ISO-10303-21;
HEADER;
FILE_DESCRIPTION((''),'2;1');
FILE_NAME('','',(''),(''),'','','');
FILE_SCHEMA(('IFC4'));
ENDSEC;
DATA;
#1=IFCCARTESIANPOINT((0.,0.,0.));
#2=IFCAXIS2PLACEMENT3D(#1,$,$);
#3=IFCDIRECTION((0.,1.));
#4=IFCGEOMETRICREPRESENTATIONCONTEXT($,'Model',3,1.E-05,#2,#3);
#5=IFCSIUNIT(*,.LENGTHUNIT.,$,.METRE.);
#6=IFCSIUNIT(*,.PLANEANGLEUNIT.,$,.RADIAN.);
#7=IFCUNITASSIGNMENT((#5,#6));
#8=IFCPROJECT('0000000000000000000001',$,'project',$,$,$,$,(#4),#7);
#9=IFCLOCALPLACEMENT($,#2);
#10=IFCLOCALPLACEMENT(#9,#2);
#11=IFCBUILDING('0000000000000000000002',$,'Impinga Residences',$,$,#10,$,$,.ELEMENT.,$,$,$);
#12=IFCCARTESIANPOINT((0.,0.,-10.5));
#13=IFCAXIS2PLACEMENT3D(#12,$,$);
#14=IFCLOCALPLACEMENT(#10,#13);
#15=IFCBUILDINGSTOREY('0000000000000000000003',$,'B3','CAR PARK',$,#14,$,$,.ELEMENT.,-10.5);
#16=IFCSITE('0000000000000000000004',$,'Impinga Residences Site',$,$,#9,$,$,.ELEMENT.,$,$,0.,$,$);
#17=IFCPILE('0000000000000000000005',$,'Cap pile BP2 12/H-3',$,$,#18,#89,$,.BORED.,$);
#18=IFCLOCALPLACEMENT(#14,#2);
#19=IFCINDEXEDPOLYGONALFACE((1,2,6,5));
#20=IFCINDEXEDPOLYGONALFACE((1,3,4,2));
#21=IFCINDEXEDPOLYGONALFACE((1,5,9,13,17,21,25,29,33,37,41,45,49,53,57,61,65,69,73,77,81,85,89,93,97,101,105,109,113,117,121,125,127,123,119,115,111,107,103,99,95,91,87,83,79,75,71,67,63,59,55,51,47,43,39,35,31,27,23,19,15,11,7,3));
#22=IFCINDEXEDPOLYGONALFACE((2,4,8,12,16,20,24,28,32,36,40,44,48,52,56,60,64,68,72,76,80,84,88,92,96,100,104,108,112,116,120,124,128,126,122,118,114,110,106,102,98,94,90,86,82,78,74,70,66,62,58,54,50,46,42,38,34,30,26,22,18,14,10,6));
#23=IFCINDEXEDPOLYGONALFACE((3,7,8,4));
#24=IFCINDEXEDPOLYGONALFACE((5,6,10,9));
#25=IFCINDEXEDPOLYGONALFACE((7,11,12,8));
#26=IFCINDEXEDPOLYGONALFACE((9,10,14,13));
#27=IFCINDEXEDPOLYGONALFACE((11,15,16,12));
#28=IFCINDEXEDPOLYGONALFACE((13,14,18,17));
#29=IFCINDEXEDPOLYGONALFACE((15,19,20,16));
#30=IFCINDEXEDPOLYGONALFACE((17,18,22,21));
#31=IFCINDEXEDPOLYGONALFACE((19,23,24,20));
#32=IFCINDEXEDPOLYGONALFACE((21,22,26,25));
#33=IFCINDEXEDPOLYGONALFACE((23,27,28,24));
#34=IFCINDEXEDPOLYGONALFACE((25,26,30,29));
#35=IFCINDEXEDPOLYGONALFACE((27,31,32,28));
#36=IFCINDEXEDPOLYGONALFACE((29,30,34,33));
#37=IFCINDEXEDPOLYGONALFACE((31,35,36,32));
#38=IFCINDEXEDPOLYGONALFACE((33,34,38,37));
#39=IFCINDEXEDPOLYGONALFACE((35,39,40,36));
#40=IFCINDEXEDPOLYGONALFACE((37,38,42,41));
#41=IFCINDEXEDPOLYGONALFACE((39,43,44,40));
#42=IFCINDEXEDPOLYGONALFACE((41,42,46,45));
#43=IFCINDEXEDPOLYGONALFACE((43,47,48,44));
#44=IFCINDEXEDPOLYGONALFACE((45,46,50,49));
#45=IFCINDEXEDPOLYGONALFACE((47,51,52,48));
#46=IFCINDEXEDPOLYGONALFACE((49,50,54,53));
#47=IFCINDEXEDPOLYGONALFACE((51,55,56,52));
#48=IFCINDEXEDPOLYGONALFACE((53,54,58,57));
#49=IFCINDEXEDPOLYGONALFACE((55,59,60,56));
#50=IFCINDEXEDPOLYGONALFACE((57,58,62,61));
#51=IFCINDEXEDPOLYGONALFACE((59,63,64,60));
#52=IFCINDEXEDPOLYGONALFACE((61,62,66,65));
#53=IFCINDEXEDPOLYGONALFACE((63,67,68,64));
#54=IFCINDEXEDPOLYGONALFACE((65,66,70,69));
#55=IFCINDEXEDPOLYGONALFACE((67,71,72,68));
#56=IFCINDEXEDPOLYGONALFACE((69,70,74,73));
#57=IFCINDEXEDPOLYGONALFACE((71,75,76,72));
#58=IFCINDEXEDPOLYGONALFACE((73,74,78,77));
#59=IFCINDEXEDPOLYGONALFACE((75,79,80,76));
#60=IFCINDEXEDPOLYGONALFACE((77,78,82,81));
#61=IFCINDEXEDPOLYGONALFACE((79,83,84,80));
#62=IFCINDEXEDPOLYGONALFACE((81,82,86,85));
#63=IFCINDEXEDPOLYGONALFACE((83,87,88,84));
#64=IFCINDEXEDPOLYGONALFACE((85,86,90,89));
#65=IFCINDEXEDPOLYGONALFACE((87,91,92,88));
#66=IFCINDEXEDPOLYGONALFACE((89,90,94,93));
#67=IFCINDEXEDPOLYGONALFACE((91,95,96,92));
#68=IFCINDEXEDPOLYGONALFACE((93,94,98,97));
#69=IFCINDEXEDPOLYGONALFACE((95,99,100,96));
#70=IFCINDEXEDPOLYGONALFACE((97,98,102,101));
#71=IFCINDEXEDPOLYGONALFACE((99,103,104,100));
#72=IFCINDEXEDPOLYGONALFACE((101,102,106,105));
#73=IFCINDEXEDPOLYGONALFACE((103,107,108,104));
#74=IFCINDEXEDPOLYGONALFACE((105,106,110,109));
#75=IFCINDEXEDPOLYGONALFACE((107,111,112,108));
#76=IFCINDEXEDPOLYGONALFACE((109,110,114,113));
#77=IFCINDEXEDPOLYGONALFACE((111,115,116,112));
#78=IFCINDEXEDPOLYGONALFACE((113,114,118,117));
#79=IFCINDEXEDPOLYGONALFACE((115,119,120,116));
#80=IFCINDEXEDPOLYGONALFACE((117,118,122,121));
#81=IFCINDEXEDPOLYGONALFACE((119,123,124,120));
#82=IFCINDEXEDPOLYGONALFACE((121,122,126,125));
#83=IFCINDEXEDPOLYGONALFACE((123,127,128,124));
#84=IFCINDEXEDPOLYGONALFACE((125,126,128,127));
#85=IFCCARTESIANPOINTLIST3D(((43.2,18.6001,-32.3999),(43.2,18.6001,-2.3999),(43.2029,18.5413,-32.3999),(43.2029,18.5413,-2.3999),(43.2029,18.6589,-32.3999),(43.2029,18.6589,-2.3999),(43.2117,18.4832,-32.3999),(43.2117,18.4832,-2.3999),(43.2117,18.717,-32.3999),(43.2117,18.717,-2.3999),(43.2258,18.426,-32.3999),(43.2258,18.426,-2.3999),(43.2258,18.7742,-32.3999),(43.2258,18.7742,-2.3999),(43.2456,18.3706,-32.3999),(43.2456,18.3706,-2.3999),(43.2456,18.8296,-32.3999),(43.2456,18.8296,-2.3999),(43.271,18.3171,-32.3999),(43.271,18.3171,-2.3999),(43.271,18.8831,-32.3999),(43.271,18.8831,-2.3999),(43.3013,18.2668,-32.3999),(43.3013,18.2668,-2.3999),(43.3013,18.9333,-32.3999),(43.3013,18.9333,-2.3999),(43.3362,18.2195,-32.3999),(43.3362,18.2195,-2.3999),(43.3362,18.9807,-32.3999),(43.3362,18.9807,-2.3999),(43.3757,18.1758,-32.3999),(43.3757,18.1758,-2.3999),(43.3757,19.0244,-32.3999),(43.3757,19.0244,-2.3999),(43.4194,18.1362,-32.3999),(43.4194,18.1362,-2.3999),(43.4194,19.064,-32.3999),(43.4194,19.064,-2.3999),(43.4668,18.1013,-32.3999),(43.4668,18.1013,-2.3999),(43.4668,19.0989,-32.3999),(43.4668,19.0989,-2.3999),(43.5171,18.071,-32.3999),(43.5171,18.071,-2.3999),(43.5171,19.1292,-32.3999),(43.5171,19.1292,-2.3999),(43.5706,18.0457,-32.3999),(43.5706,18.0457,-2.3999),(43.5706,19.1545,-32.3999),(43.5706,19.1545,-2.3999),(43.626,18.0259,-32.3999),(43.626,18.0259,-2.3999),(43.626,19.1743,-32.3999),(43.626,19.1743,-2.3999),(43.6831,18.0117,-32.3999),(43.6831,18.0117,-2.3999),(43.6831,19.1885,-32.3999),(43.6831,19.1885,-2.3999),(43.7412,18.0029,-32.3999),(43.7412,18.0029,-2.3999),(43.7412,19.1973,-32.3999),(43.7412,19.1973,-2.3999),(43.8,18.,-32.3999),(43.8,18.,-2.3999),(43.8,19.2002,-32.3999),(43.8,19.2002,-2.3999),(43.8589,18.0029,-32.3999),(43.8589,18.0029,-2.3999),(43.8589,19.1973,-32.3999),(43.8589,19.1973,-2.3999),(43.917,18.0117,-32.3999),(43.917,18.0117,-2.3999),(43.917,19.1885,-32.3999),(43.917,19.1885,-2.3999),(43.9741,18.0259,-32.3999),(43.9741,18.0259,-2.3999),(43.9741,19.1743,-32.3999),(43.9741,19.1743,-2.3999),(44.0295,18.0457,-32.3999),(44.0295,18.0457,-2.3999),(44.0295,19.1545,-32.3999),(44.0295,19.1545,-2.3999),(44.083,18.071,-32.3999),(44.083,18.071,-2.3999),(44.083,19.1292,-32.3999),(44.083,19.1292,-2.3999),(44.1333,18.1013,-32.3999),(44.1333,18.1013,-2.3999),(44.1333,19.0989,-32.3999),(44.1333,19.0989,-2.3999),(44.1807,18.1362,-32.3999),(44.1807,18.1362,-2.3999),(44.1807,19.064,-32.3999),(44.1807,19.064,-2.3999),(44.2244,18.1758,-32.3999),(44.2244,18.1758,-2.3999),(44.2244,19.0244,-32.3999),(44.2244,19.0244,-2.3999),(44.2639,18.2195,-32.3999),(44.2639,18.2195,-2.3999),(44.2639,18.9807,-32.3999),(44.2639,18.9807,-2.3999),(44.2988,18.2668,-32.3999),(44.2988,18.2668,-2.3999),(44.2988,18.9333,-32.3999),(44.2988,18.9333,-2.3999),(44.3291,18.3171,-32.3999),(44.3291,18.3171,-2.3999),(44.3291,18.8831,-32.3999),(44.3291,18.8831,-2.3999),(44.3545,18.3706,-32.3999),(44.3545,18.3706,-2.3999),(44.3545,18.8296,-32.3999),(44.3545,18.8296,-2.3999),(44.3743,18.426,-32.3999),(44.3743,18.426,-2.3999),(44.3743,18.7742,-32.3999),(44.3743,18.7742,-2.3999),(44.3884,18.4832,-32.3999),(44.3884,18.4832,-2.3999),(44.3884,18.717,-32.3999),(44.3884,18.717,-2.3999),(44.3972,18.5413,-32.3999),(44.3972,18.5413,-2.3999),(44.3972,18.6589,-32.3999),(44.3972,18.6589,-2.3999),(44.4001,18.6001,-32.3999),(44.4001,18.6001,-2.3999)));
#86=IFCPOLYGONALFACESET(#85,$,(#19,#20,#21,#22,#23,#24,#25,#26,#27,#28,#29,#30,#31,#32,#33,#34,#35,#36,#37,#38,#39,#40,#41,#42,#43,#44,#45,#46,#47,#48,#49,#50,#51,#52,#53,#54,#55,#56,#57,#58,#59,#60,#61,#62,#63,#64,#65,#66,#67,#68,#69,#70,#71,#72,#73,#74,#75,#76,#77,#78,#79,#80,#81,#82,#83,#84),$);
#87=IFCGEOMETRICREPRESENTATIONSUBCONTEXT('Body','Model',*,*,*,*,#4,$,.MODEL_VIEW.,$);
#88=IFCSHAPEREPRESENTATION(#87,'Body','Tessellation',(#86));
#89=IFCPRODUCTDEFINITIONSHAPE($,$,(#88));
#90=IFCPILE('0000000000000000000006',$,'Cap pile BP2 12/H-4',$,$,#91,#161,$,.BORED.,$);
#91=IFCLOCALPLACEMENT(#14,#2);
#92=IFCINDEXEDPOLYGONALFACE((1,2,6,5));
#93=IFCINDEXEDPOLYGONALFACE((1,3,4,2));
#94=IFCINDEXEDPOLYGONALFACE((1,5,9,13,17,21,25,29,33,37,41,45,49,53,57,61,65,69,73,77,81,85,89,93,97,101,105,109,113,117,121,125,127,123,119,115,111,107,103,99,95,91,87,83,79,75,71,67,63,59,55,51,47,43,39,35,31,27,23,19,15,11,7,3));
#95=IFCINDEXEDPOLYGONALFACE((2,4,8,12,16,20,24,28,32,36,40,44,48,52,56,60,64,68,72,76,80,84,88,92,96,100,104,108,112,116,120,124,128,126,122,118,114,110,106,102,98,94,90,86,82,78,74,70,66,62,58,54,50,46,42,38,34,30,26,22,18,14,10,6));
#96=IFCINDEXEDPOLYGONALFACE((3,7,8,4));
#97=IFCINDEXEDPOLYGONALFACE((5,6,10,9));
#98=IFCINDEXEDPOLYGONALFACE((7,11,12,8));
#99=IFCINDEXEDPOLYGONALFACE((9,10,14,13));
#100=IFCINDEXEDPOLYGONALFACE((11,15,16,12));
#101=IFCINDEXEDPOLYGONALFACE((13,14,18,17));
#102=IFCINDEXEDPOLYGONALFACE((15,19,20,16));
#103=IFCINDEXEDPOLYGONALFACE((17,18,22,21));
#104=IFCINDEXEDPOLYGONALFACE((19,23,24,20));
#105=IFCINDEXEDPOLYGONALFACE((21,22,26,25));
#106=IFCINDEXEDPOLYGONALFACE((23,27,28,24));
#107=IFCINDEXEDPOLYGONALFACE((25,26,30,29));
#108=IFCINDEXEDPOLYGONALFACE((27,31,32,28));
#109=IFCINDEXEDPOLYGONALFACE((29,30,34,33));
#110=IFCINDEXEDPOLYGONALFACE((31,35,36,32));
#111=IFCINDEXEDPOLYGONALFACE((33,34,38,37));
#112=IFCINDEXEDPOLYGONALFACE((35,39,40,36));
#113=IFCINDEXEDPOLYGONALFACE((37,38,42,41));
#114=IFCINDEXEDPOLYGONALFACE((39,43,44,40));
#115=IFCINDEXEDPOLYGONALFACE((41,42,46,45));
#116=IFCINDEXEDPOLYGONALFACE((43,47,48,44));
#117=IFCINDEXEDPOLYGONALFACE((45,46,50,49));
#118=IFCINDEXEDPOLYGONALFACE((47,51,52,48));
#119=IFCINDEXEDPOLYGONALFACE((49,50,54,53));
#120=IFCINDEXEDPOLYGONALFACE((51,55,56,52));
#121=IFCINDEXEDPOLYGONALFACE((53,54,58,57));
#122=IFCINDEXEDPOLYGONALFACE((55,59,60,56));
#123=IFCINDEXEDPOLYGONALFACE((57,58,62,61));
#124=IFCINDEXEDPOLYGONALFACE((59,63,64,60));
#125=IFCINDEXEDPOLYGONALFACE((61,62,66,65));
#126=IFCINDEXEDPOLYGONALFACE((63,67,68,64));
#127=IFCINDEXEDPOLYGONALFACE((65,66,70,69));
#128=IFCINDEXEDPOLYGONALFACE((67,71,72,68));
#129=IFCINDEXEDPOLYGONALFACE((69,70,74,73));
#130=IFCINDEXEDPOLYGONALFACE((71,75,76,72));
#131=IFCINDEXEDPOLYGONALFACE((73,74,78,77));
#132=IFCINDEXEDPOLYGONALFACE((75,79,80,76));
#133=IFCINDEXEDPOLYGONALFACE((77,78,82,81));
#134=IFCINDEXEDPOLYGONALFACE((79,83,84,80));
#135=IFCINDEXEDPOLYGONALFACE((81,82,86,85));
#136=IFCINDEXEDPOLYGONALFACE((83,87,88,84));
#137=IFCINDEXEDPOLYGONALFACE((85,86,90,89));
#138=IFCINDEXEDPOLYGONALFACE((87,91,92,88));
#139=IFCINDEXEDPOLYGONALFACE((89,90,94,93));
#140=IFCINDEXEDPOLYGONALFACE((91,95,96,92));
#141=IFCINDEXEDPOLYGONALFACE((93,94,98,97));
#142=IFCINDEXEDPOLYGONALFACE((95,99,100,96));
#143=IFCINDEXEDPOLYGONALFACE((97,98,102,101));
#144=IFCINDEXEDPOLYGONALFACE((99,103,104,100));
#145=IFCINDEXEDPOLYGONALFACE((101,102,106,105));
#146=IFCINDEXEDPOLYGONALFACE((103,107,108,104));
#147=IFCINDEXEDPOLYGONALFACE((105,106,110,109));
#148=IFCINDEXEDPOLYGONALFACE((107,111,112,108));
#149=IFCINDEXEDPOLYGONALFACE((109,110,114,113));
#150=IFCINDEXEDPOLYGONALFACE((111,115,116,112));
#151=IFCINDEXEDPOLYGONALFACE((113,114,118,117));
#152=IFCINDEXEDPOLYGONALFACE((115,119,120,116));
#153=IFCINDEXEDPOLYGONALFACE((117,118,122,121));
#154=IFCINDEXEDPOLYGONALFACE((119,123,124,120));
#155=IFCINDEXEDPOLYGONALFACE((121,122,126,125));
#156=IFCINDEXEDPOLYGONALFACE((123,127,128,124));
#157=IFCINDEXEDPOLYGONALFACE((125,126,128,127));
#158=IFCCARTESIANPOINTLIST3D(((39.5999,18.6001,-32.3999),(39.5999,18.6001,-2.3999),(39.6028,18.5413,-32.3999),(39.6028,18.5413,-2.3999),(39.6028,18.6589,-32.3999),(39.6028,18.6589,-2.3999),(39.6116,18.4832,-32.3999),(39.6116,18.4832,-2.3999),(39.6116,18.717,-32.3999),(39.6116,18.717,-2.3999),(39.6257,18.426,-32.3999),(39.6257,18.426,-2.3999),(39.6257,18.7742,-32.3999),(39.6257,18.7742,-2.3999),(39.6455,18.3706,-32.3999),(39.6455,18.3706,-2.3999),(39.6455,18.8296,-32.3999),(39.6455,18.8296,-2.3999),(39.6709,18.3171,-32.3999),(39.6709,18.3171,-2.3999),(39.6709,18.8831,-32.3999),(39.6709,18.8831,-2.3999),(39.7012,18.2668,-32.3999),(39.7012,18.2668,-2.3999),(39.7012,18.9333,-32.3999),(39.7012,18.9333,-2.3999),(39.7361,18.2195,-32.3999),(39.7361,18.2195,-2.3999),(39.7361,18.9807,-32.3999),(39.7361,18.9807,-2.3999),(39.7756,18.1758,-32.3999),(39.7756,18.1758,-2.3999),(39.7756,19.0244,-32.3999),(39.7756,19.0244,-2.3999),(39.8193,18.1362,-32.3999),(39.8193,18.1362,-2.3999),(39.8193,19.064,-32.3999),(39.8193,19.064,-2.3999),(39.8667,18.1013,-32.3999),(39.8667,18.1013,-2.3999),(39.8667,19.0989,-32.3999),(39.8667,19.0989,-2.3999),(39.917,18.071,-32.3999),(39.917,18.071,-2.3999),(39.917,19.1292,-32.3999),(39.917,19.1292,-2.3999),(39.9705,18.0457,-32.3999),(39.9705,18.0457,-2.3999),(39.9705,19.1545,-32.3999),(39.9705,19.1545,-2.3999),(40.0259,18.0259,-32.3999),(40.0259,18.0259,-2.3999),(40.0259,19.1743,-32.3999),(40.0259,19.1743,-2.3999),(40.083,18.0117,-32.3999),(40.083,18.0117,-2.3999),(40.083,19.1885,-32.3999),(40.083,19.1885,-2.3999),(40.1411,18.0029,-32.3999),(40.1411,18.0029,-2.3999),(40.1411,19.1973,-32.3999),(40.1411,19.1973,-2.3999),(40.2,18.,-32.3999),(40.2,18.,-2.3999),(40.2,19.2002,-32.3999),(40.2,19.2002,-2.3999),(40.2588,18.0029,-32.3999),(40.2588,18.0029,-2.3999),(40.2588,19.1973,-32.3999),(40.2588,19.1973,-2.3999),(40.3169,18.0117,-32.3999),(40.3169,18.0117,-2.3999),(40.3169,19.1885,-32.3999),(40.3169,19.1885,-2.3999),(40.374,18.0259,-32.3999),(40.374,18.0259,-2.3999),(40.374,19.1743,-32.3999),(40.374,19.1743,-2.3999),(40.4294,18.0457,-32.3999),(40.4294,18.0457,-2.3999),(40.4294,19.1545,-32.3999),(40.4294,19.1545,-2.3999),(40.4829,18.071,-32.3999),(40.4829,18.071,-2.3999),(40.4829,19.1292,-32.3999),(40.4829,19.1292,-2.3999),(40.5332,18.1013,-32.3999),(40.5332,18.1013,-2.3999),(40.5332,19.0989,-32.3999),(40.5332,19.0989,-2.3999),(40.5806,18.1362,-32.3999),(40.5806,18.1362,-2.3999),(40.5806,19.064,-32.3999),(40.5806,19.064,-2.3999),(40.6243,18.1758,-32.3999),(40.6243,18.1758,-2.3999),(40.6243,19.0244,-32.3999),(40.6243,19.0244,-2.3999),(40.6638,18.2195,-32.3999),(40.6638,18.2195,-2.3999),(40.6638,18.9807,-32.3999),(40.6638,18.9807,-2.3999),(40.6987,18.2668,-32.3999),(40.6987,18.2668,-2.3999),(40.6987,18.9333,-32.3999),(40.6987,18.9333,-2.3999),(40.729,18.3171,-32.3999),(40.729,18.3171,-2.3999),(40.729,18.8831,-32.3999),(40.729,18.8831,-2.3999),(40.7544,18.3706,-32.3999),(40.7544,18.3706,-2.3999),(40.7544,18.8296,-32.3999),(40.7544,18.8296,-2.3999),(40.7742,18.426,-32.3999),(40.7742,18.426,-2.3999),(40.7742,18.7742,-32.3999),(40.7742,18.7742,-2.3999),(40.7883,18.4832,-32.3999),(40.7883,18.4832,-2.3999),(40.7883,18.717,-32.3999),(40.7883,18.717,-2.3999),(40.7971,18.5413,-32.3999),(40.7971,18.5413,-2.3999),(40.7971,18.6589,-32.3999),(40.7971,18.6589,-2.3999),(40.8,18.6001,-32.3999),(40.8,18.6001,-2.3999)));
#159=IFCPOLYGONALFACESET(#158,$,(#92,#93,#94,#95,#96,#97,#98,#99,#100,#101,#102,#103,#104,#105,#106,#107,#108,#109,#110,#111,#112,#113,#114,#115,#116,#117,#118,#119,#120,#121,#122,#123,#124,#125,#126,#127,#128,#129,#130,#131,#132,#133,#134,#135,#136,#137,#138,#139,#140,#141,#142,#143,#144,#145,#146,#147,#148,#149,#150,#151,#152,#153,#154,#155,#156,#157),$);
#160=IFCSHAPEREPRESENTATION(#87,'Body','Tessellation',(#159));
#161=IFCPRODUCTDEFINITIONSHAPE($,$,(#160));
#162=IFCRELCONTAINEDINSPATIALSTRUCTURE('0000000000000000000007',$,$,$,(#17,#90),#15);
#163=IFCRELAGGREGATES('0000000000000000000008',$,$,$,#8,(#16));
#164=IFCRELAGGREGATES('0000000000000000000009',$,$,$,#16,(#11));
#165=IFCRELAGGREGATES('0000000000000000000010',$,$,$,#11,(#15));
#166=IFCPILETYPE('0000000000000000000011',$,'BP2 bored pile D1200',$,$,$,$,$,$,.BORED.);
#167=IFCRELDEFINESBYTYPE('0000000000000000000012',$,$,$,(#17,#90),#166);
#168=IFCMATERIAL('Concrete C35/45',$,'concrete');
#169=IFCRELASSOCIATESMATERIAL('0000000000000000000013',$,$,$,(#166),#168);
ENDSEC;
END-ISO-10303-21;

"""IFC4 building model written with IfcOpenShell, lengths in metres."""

from ifc_helpers import new_model, si_unit, direction, frame, origin, origin_2d, place, context, subcontext, project, spatial, polyline, circle, outline, extrude, material, material_profile, profile_set, type_object, element, save


model = new_model("IFC4")

# Units and contexts
model_context = context("Model", 3, precision=1e-05, world=origin(), true_north=direction((0.0, 1.0)))
body_context = subcontext(model_context, "Body", "Model", "MODEL_VIEW")
ifc_project = project(units=[si_unit("LENGTHUNIT", "METRE"), si_unit("PLANEANGLEUNIT", "RADIAN")], contexts=[model_context])

# Site, building, storey
site_placement = place(None, origin())
site = spatial("IfcSite", under=ifc_project, at=site_placement, Name="Impinga Residences Site", CompositionType="ELEMENT", RefElevation=0.0)
building_placement = place(site_placement, origin())
building = spatial("IfcBuilding", under=site, at=building_placement, Name="Impinga Residences", CompositionType="ELEMENT")
storey_placement = place(building_placement, frame((0.0, 0.0, -10.5)))
storey = spatial("IfcBuildingStorey", under=building, at=storey_placement, Name="B3", Description="CAR PARK", CompositionType="ELEMENT", Elevation=-10.5)

# Piles
ifc_material_1 = material(Name="Concrete C35/45", Category="concrete")
ifc_material_profile_1 = material_profile(ifc_material_1, circle(Radius=0.6001, at=origin_2d()), Name="D1200")
ifc_profile_set_1 = profile_set([ifc_material_profile_1], Name="Concrete C35/45")
pile_type = type_object("IfcPileType", Name="BP2 bored pile D1200", PredefinedType="BORED", material=ifc_profile_set_1)
pile_1_placement = place(storey_placement, frame((43.8, 18.6001, -2.3999), z_axis=(0.0, 0.0, -1.0), x_axis=(1.0, 0.0, 0.0)))
element("IfcPile", 1, at=pile_1_placement, inside=storey, type_object=pile_type, Name="Cap pile BP2 12/H-3", PredefinedType="BORED", context=body_context, shape_type="SweptSolid", body=[
    extrude(outline(polyline([(0.6001, 0.0), (0.5972, 0.0588), (0.5884, 0.1169), (0.5742, 0.1741), (0.5544, 0.2295), (0.5291, 0.283), (0.4988, 0.3333), (0.4639, 0.3806), (0.4243, 0.4243), (0.3806, 0.4639), (0.3333, 0.4988), (0.283, 0.5291), (0.2295, 0.5544), (0.1741, 0.5742), (0.1169, 0.5884), (0.0588, 0.5972), (0.0, 0.6001), (-0.0588, 0.5972), (-0.1169, 0.5884), (-0.1741, 0.5742), (-0.2295, 0.5544), (-0.283, 0.5291), (-0.3333, 0.4988), (-0.3806, 0.4639), (-0.4243, 0.4243), (-0.4639, 0.3806), (-0.4988, 0.3333), (-0.5291, 0.283), (-0.5544, 0.2295), (-0.5742, 0.1741), (-0.5884, 0.1169), (-0.5972, 0.0588), (-0.6001, 0.0), (-0.5972, -0.0588), (-0.5884, -0.1169), (-0.5742, -0.1741), (-0.5544, -0.2295), (-0.5291, -0.283), (-0.4988, -0.3333), (-0.4639, -0.3806), (-0.4243, -0.4243), (-0.3806, -0.4639), (-0.3333, -0.4988), (-0.283, -0.5291), (-0.2295, -0.5544), (-0.1741, -0.5742), (-0.1169, -0.5884), (-0.0588, -0.5972), (0.0, -0.6001), (0.0588, -0.5972), (0.1169, -0.5884), (0.1741, -0.5742), (0.2295, -0.5544), (0.283, -0.5291), (0.3333, -0.4988), (0.3806, -0.4639), (0.4243, -0.4243), (0.4639, -0.3806), (0.4988, -0.3333), (0.5291, -0.283), (0.5544, -0.2295), (0.5742, -0.1741), (0.5884, -0.1169), (0.5972, -0.0588), (0.6001, 0.0)])), origin(), (0.0, 0.0, 1.0), 30.0),
])
pile_2_placement = place(storey_placement, frame((40.2, 18.6001, -2.3999), z_axis=(0.0, 0.0, -1.0), x_axis=(1.0, 0.0, 0.0)))
element("IfcPile", 2, at=pile_2_placement, inside=storey, type_object=pile_type, Name="Cap pile BP2 12/H-4", PredefinedType="BORED", context=body_context, shape_type="SweptSolid", body=[
    extrude(outline(polyline([(0.6001, 0.0), (0.5972, 0.0588), (0.5884, 0.1169), (0.5742, 0.1741), (0.5544, 0.2295), (0.5291, 0.283), (0.4988, 0.3333), (0.4639, 0.3806), (0.4243, 0.4243), (0.3806, 0.4639), (0.3333, 0.4988), (0.283, 0.5291), (0.2295, 0.5544), (0.1741, 0.5742), (0.1169, 0.5884), (0.0588, 0.5972), (0.0, 0.6001), (-0.0588, 0.5972), (-0.1169, 0.5884), (-0.1741, 0.5742), (-0.2295, 0.5544), (-0.283, 0.5291), (-0.3333, 0.4988), (-0.3806, 0.4639), (-0.4243, 0.4243), (-0.4639, 0.3806), (-0.4988, 0.3333), (-0.5291, 0.283), (-0.5544, 0.2295), (-0.5742, 0.1741), (-0.5884, 0.1169), (-0.5972, 0.0588), (-0.6001, 0.0), (-0.5972, -0.0588), (-0.5884, -0.1169), (-0.5742, -0.1741), (-0.5544, -0.2295), (-0.5291, -0.283), (-0.4988, -0.3333), (-0.4639, -0.3806), (-0.4243, -0.4243), (-0.3806, -0.4639), (-0.3333, -0.4988), (-0.283, -0.5291), (-0.2295, -0.5544), (-0.1741, -0.5742), (-0.1169, -0.5884), (-0.0588, -0.5972), (0.0, -0.6001), (0.0588, -0.5972), (0.1169, -0.5884), (0.1741, -0.5742), (0.2295, -0.5544), (0.283, -0.5291), (0.3333, -0.4988), (0.3806, -0.4639), (0.4243, -0.4243), (0.4639, -0.3806), (0.4988, -0.3333), (0.5291, -0.283), (0.5544, -0.2295), (0.5742, -0.1741), (0.5884, -0.1169), (0.5972, -0.0588), (0.6001, 0.0)])), origin(), (0.0, 0.0, 1.0), 30.0),
])

save(model, "model.ifc")
